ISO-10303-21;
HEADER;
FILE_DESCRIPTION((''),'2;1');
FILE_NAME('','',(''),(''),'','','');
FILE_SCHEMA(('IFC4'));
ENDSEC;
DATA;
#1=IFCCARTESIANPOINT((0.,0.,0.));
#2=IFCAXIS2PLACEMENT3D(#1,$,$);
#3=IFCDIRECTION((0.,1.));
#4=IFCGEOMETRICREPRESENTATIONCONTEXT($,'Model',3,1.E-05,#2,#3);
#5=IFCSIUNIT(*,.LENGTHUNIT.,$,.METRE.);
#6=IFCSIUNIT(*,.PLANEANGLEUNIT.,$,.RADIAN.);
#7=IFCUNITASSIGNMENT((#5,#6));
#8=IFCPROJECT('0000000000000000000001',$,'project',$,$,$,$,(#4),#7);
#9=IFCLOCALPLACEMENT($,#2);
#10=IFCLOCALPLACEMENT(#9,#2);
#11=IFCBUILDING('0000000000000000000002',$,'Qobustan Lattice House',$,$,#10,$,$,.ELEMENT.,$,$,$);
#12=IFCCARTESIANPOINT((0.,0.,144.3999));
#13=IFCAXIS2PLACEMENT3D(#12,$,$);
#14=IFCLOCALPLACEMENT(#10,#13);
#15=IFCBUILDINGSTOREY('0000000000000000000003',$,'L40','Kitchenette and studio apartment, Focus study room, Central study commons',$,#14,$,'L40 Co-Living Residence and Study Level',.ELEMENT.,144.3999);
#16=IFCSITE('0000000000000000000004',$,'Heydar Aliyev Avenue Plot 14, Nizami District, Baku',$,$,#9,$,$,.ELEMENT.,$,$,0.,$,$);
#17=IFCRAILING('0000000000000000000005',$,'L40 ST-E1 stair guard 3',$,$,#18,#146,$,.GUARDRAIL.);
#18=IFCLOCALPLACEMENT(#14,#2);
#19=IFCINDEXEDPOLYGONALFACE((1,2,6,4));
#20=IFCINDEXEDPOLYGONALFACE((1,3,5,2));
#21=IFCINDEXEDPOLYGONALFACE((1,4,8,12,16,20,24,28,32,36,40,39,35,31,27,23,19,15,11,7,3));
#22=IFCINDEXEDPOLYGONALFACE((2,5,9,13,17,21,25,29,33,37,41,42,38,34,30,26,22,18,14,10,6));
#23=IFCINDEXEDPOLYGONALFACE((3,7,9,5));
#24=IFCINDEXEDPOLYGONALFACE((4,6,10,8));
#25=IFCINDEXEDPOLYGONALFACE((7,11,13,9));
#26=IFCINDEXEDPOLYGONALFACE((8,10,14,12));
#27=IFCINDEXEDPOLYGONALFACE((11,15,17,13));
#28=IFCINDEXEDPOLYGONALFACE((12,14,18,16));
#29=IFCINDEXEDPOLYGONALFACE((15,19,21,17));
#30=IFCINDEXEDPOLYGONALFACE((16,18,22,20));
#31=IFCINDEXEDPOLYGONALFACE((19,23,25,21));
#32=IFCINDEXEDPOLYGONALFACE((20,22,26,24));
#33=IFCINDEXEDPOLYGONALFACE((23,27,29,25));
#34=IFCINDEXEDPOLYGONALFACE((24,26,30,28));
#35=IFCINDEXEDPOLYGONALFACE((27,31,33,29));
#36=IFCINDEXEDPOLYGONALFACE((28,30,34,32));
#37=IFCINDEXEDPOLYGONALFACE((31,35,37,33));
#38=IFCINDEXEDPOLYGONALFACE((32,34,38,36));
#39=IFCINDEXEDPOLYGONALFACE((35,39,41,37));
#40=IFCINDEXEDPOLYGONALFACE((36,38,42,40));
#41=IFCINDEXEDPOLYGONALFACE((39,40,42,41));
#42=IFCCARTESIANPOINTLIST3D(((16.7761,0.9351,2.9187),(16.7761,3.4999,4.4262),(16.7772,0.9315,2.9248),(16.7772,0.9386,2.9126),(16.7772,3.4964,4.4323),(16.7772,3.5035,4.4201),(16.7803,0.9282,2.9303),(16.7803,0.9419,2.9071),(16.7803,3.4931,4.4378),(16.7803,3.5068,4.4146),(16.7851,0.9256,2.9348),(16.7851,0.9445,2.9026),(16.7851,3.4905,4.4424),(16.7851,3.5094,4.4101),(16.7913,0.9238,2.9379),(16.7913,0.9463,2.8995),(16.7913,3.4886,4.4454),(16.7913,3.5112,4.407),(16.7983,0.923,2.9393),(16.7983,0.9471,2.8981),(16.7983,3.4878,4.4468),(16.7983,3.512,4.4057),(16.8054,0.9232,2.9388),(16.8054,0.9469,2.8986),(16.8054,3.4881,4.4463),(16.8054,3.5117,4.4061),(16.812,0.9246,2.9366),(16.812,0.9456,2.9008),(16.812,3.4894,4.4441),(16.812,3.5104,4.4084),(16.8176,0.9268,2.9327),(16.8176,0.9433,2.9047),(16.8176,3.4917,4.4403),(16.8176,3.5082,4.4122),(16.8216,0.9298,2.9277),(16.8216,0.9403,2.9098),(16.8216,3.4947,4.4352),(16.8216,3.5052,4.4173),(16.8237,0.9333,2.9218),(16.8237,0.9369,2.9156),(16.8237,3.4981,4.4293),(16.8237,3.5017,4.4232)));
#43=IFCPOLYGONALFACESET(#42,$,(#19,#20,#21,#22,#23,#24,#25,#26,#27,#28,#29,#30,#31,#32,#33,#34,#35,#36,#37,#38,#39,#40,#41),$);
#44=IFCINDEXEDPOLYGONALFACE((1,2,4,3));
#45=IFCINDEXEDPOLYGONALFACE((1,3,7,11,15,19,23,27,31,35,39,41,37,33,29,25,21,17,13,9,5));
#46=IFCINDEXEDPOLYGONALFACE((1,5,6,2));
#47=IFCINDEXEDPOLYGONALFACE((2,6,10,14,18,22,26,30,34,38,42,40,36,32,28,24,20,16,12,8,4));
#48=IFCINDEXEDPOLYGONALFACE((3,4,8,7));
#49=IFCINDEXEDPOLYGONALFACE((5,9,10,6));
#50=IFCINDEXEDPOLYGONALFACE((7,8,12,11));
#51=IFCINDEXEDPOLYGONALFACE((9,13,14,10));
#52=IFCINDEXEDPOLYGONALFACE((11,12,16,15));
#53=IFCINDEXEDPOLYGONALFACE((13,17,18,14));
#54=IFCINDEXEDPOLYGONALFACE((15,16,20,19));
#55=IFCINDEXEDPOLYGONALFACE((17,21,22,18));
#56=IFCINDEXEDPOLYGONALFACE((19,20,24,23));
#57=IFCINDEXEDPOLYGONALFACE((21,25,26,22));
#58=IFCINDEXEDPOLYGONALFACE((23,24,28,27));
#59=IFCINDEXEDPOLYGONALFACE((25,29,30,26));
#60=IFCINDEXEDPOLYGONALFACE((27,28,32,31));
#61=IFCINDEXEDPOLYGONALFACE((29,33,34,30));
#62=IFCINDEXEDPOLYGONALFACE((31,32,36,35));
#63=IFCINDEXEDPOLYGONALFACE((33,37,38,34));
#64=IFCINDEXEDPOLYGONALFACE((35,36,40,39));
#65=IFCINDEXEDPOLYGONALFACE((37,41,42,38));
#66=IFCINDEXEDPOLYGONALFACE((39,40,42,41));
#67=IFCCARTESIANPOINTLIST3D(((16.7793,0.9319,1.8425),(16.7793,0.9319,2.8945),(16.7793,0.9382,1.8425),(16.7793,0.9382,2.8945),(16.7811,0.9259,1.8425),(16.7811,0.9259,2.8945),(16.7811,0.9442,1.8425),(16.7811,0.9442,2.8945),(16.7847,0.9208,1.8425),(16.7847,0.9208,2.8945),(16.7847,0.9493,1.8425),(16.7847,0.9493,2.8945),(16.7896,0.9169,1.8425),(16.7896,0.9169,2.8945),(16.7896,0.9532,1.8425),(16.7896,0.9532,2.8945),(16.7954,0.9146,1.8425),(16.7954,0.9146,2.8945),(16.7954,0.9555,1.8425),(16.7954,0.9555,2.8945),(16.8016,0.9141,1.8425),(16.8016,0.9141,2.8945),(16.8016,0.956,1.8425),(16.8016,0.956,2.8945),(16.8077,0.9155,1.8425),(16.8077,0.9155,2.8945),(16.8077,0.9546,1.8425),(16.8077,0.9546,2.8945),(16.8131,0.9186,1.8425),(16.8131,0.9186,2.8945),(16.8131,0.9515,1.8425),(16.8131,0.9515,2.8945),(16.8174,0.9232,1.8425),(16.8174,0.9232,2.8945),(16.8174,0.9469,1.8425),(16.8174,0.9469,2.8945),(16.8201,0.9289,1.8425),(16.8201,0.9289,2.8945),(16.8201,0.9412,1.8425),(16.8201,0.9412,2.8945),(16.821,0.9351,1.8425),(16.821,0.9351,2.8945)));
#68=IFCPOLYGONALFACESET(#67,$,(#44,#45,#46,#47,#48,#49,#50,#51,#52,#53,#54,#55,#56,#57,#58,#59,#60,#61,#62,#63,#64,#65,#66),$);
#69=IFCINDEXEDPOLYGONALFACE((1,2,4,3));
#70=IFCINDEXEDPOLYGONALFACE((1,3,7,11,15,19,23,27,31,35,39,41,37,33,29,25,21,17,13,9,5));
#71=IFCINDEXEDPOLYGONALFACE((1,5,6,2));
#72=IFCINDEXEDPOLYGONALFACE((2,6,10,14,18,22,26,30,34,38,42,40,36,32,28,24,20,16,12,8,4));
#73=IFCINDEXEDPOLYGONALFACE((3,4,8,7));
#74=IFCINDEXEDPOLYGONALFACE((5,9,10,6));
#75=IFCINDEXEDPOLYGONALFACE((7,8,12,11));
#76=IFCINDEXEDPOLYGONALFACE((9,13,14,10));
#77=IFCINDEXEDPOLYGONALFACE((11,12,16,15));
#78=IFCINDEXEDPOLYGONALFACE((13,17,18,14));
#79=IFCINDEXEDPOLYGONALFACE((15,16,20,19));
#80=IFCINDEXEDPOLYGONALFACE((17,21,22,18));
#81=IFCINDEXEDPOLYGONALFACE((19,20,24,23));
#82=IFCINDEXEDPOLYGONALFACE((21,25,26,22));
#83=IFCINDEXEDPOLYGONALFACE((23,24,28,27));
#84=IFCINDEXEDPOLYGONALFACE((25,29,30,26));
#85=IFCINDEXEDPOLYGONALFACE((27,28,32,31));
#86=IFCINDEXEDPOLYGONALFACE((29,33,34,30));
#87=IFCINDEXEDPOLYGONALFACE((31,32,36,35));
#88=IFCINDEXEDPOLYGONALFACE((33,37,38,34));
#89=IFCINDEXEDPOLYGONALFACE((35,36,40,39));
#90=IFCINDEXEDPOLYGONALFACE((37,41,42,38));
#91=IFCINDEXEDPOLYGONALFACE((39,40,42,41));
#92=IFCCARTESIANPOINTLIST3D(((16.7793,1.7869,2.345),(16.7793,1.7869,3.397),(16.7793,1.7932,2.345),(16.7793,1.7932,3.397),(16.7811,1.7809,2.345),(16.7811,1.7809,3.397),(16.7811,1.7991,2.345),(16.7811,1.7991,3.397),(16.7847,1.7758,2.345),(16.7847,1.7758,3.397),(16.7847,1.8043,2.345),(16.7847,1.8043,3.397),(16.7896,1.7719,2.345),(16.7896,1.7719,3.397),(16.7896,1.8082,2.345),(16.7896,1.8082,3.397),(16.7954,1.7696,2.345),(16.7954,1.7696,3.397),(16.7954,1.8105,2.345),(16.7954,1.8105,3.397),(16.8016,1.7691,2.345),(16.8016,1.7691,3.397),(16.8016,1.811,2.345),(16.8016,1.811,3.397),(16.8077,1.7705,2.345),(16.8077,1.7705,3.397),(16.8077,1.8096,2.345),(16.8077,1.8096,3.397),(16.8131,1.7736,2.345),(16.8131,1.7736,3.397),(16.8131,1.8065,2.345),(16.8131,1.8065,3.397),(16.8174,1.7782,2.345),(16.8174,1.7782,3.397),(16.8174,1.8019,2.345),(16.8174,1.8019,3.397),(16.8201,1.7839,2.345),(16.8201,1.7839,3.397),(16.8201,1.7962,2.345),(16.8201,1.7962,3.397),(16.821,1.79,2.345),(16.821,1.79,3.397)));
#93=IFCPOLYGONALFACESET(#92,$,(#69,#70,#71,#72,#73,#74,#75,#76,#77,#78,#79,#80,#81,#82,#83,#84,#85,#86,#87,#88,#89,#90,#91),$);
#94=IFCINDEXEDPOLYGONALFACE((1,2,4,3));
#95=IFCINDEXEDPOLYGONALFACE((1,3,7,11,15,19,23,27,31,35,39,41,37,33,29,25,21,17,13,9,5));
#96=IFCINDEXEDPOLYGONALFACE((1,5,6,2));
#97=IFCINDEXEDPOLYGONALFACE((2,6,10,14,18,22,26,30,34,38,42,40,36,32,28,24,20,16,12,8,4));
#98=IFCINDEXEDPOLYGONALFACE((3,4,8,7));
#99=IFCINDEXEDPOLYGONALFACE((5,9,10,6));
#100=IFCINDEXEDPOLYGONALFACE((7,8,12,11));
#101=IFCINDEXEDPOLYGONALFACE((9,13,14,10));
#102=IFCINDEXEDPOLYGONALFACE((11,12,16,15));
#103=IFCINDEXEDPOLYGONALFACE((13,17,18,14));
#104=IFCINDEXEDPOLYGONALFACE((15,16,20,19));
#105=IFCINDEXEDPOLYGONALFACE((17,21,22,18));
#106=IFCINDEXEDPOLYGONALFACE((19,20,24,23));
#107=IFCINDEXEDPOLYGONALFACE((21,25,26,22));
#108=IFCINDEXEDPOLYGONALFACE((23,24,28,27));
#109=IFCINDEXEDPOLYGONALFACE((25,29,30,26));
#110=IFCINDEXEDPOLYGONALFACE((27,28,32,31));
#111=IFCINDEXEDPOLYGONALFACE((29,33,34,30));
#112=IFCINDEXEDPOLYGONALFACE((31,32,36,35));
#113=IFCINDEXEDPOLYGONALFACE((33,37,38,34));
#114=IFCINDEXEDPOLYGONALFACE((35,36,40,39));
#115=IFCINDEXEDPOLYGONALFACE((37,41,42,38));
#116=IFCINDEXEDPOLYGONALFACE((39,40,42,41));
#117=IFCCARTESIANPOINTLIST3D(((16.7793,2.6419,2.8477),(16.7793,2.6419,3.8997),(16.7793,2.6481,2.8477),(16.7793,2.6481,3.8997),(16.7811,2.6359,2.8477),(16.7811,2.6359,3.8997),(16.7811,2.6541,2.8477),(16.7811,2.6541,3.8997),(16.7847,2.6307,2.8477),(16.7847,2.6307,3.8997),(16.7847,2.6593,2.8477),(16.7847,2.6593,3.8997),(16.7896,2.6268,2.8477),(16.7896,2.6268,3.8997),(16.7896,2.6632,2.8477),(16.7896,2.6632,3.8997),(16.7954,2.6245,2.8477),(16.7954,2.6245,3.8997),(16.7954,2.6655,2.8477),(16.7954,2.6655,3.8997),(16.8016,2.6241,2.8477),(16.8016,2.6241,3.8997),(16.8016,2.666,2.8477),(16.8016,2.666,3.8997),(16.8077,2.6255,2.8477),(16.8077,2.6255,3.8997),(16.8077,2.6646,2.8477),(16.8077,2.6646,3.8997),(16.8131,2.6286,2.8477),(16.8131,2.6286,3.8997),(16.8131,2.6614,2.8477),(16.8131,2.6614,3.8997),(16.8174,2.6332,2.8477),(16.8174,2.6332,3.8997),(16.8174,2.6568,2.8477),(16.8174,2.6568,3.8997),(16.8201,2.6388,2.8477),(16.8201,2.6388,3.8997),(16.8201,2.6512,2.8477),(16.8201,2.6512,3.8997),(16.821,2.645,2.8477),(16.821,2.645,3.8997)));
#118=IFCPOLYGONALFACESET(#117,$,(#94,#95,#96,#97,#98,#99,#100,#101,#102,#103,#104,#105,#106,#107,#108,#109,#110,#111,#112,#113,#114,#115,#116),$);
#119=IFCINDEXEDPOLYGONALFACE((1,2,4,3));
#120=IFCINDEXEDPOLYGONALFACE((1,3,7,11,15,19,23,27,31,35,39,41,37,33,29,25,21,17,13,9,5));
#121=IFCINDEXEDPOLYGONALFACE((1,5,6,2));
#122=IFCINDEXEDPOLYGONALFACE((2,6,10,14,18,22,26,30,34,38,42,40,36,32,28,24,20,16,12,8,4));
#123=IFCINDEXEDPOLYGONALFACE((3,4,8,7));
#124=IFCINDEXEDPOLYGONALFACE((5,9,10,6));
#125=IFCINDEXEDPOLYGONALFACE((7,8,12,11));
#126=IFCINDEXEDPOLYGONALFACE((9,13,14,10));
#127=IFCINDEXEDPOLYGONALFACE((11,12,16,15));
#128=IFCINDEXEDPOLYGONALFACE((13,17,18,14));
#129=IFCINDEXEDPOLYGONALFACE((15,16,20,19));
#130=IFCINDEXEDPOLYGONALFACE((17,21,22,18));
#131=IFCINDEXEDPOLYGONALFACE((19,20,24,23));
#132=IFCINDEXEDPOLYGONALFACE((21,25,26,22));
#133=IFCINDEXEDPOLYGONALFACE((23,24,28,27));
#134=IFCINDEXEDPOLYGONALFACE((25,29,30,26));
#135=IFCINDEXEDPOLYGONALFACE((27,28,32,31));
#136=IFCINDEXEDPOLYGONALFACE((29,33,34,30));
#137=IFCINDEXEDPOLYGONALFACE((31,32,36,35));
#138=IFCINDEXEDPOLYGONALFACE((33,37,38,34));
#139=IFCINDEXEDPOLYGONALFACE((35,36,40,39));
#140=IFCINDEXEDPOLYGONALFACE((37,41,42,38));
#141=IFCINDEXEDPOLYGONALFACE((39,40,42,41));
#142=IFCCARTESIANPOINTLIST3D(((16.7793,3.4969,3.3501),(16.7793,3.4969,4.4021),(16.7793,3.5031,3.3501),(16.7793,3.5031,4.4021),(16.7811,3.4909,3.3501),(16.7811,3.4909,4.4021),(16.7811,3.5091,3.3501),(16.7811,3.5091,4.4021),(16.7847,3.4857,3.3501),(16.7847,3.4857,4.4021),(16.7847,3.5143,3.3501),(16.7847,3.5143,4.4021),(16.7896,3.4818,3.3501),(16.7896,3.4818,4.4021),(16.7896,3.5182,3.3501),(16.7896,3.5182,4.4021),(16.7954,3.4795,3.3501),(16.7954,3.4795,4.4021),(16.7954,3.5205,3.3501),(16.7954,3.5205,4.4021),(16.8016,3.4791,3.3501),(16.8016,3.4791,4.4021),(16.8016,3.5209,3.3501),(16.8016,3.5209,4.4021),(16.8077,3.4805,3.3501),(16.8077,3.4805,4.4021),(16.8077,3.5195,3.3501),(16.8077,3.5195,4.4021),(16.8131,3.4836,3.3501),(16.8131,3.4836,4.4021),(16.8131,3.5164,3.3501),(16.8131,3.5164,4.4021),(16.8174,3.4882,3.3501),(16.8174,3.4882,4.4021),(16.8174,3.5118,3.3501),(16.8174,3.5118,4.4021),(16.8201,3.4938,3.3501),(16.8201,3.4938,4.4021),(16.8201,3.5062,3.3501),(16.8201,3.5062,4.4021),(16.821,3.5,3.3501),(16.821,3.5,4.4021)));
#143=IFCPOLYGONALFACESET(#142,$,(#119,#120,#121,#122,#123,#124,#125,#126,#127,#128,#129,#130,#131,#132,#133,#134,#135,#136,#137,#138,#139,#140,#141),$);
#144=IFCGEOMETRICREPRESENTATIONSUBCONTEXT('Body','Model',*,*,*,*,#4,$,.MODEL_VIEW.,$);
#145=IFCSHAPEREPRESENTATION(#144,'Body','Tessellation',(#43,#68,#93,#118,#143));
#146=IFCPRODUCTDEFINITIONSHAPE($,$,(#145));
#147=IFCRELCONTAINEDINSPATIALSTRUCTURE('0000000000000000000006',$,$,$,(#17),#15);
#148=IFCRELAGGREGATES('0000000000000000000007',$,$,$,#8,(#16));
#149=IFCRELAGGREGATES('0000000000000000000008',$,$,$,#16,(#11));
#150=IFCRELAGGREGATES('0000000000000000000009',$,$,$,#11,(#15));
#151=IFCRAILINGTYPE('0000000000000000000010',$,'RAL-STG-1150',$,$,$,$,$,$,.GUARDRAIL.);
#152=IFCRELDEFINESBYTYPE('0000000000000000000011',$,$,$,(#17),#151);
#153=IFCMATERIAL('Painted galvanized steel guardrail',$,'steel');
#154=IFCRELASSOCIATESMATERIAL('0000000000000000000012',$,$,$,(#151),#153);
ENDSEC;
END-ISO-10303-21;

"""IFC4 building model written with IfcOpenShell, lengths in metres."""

from ifc_helpers import new_model, si_unit, direction, frame, origin, origin_2d, place, context, subcontext, project, spatial, circle, extrude, material, type_object, element, save


model = new_model("IFC4")

# Units and contexts
model_context = context("Model", 3, precision=1e-05, world=origin(), true_north=direction((0.0, 1.0)))
body_context = subcontext(model_context, "Body", "Model", "MODEL_VIEW")
ifc_project = project(units=[si_unit("LENGTHUNIT", "METRE"), si_unit("PLANEANGLEUNIT", "RADIAN")], contexts=[model_context])

# Site, building, storey
site_placement = place(None, origin())
site = spatial("IfcSite", under=ifc_project, at=site_placement, Name="Heydar Aliyev Avenue Plot 14, Nizami District, Baku", CompositionType="ELEMENT", RefElevation=0.0)
building_placement = place(site_placement, origin())
building = spatial("IfcBuilding", under=site, at=building_placement, Name="Qobustan Lattice House", CompositionType="ELEMENT")
storey_placement = place(building_placement, frame((0.0, 0.0, 144.3999)))
storey = spatial("IfcBuildingStorey", under=building, at=storey_placement, Name="L40", Description="Kitchenette and studio apartment, Focus study room, Central study commons", LongName="L40 Co-Living Residence and Study Level", CompositionType="ELEMENT", Elevation=144.3999)

# Railing
ifc_material_1 = material(Name="Painted galvanized steel guardrail", Category="steel")
railing_type_1 = type_object("IfcRailingType", Name="RAL-STG-1150", PredefinedType="GUARDRAIL", material=ifc_material_1)
railing_1_placement = place(storey_placement, frame((16.8, 0.9351, 1.8425)))
element("IfcRailing", 1, at=railing_1_placement, inside=storey, type_object=railing_type_1, Name="L40 ST-E1 stair guard 3", PredefinedType="GUARDRAIL", context=body_context, shape_type="SweptSolid", body=[
    extrude(circle(Radius=0.0239, at=origin_2d()), frame((0.0, 0.0, 1.0762), z_axis=(0.0, 0.862113, 0.506715), x_axis=(-1.0, 0.0, 0.0)), (0.0, 0.0, 1.0), 2.9751),
    extrude(circle(Radius=0.021, at=origin_2d()), origin(), (0.0, 0.0, 1.0), 1.052),
    extrude(circle(Radius=0.021, at=origin_2d()), frame((0.0, 0.855, 0.5024)), (0.0, 0.0, 1.0), 1.052),
    extrude(circle(Radius=0.021, at=origin_2d()), frame((0.0, 1.71, 1.0051)), (0.0, 0.0, 1.0), 1.052),
    extrude(circle(Radius=0.021, at=origin_2d()), frame((0.0, 2.5649, 1.5076)), (0.0, 0.0, 1.0), 1.052),
])

save(model, "model.ifc")
